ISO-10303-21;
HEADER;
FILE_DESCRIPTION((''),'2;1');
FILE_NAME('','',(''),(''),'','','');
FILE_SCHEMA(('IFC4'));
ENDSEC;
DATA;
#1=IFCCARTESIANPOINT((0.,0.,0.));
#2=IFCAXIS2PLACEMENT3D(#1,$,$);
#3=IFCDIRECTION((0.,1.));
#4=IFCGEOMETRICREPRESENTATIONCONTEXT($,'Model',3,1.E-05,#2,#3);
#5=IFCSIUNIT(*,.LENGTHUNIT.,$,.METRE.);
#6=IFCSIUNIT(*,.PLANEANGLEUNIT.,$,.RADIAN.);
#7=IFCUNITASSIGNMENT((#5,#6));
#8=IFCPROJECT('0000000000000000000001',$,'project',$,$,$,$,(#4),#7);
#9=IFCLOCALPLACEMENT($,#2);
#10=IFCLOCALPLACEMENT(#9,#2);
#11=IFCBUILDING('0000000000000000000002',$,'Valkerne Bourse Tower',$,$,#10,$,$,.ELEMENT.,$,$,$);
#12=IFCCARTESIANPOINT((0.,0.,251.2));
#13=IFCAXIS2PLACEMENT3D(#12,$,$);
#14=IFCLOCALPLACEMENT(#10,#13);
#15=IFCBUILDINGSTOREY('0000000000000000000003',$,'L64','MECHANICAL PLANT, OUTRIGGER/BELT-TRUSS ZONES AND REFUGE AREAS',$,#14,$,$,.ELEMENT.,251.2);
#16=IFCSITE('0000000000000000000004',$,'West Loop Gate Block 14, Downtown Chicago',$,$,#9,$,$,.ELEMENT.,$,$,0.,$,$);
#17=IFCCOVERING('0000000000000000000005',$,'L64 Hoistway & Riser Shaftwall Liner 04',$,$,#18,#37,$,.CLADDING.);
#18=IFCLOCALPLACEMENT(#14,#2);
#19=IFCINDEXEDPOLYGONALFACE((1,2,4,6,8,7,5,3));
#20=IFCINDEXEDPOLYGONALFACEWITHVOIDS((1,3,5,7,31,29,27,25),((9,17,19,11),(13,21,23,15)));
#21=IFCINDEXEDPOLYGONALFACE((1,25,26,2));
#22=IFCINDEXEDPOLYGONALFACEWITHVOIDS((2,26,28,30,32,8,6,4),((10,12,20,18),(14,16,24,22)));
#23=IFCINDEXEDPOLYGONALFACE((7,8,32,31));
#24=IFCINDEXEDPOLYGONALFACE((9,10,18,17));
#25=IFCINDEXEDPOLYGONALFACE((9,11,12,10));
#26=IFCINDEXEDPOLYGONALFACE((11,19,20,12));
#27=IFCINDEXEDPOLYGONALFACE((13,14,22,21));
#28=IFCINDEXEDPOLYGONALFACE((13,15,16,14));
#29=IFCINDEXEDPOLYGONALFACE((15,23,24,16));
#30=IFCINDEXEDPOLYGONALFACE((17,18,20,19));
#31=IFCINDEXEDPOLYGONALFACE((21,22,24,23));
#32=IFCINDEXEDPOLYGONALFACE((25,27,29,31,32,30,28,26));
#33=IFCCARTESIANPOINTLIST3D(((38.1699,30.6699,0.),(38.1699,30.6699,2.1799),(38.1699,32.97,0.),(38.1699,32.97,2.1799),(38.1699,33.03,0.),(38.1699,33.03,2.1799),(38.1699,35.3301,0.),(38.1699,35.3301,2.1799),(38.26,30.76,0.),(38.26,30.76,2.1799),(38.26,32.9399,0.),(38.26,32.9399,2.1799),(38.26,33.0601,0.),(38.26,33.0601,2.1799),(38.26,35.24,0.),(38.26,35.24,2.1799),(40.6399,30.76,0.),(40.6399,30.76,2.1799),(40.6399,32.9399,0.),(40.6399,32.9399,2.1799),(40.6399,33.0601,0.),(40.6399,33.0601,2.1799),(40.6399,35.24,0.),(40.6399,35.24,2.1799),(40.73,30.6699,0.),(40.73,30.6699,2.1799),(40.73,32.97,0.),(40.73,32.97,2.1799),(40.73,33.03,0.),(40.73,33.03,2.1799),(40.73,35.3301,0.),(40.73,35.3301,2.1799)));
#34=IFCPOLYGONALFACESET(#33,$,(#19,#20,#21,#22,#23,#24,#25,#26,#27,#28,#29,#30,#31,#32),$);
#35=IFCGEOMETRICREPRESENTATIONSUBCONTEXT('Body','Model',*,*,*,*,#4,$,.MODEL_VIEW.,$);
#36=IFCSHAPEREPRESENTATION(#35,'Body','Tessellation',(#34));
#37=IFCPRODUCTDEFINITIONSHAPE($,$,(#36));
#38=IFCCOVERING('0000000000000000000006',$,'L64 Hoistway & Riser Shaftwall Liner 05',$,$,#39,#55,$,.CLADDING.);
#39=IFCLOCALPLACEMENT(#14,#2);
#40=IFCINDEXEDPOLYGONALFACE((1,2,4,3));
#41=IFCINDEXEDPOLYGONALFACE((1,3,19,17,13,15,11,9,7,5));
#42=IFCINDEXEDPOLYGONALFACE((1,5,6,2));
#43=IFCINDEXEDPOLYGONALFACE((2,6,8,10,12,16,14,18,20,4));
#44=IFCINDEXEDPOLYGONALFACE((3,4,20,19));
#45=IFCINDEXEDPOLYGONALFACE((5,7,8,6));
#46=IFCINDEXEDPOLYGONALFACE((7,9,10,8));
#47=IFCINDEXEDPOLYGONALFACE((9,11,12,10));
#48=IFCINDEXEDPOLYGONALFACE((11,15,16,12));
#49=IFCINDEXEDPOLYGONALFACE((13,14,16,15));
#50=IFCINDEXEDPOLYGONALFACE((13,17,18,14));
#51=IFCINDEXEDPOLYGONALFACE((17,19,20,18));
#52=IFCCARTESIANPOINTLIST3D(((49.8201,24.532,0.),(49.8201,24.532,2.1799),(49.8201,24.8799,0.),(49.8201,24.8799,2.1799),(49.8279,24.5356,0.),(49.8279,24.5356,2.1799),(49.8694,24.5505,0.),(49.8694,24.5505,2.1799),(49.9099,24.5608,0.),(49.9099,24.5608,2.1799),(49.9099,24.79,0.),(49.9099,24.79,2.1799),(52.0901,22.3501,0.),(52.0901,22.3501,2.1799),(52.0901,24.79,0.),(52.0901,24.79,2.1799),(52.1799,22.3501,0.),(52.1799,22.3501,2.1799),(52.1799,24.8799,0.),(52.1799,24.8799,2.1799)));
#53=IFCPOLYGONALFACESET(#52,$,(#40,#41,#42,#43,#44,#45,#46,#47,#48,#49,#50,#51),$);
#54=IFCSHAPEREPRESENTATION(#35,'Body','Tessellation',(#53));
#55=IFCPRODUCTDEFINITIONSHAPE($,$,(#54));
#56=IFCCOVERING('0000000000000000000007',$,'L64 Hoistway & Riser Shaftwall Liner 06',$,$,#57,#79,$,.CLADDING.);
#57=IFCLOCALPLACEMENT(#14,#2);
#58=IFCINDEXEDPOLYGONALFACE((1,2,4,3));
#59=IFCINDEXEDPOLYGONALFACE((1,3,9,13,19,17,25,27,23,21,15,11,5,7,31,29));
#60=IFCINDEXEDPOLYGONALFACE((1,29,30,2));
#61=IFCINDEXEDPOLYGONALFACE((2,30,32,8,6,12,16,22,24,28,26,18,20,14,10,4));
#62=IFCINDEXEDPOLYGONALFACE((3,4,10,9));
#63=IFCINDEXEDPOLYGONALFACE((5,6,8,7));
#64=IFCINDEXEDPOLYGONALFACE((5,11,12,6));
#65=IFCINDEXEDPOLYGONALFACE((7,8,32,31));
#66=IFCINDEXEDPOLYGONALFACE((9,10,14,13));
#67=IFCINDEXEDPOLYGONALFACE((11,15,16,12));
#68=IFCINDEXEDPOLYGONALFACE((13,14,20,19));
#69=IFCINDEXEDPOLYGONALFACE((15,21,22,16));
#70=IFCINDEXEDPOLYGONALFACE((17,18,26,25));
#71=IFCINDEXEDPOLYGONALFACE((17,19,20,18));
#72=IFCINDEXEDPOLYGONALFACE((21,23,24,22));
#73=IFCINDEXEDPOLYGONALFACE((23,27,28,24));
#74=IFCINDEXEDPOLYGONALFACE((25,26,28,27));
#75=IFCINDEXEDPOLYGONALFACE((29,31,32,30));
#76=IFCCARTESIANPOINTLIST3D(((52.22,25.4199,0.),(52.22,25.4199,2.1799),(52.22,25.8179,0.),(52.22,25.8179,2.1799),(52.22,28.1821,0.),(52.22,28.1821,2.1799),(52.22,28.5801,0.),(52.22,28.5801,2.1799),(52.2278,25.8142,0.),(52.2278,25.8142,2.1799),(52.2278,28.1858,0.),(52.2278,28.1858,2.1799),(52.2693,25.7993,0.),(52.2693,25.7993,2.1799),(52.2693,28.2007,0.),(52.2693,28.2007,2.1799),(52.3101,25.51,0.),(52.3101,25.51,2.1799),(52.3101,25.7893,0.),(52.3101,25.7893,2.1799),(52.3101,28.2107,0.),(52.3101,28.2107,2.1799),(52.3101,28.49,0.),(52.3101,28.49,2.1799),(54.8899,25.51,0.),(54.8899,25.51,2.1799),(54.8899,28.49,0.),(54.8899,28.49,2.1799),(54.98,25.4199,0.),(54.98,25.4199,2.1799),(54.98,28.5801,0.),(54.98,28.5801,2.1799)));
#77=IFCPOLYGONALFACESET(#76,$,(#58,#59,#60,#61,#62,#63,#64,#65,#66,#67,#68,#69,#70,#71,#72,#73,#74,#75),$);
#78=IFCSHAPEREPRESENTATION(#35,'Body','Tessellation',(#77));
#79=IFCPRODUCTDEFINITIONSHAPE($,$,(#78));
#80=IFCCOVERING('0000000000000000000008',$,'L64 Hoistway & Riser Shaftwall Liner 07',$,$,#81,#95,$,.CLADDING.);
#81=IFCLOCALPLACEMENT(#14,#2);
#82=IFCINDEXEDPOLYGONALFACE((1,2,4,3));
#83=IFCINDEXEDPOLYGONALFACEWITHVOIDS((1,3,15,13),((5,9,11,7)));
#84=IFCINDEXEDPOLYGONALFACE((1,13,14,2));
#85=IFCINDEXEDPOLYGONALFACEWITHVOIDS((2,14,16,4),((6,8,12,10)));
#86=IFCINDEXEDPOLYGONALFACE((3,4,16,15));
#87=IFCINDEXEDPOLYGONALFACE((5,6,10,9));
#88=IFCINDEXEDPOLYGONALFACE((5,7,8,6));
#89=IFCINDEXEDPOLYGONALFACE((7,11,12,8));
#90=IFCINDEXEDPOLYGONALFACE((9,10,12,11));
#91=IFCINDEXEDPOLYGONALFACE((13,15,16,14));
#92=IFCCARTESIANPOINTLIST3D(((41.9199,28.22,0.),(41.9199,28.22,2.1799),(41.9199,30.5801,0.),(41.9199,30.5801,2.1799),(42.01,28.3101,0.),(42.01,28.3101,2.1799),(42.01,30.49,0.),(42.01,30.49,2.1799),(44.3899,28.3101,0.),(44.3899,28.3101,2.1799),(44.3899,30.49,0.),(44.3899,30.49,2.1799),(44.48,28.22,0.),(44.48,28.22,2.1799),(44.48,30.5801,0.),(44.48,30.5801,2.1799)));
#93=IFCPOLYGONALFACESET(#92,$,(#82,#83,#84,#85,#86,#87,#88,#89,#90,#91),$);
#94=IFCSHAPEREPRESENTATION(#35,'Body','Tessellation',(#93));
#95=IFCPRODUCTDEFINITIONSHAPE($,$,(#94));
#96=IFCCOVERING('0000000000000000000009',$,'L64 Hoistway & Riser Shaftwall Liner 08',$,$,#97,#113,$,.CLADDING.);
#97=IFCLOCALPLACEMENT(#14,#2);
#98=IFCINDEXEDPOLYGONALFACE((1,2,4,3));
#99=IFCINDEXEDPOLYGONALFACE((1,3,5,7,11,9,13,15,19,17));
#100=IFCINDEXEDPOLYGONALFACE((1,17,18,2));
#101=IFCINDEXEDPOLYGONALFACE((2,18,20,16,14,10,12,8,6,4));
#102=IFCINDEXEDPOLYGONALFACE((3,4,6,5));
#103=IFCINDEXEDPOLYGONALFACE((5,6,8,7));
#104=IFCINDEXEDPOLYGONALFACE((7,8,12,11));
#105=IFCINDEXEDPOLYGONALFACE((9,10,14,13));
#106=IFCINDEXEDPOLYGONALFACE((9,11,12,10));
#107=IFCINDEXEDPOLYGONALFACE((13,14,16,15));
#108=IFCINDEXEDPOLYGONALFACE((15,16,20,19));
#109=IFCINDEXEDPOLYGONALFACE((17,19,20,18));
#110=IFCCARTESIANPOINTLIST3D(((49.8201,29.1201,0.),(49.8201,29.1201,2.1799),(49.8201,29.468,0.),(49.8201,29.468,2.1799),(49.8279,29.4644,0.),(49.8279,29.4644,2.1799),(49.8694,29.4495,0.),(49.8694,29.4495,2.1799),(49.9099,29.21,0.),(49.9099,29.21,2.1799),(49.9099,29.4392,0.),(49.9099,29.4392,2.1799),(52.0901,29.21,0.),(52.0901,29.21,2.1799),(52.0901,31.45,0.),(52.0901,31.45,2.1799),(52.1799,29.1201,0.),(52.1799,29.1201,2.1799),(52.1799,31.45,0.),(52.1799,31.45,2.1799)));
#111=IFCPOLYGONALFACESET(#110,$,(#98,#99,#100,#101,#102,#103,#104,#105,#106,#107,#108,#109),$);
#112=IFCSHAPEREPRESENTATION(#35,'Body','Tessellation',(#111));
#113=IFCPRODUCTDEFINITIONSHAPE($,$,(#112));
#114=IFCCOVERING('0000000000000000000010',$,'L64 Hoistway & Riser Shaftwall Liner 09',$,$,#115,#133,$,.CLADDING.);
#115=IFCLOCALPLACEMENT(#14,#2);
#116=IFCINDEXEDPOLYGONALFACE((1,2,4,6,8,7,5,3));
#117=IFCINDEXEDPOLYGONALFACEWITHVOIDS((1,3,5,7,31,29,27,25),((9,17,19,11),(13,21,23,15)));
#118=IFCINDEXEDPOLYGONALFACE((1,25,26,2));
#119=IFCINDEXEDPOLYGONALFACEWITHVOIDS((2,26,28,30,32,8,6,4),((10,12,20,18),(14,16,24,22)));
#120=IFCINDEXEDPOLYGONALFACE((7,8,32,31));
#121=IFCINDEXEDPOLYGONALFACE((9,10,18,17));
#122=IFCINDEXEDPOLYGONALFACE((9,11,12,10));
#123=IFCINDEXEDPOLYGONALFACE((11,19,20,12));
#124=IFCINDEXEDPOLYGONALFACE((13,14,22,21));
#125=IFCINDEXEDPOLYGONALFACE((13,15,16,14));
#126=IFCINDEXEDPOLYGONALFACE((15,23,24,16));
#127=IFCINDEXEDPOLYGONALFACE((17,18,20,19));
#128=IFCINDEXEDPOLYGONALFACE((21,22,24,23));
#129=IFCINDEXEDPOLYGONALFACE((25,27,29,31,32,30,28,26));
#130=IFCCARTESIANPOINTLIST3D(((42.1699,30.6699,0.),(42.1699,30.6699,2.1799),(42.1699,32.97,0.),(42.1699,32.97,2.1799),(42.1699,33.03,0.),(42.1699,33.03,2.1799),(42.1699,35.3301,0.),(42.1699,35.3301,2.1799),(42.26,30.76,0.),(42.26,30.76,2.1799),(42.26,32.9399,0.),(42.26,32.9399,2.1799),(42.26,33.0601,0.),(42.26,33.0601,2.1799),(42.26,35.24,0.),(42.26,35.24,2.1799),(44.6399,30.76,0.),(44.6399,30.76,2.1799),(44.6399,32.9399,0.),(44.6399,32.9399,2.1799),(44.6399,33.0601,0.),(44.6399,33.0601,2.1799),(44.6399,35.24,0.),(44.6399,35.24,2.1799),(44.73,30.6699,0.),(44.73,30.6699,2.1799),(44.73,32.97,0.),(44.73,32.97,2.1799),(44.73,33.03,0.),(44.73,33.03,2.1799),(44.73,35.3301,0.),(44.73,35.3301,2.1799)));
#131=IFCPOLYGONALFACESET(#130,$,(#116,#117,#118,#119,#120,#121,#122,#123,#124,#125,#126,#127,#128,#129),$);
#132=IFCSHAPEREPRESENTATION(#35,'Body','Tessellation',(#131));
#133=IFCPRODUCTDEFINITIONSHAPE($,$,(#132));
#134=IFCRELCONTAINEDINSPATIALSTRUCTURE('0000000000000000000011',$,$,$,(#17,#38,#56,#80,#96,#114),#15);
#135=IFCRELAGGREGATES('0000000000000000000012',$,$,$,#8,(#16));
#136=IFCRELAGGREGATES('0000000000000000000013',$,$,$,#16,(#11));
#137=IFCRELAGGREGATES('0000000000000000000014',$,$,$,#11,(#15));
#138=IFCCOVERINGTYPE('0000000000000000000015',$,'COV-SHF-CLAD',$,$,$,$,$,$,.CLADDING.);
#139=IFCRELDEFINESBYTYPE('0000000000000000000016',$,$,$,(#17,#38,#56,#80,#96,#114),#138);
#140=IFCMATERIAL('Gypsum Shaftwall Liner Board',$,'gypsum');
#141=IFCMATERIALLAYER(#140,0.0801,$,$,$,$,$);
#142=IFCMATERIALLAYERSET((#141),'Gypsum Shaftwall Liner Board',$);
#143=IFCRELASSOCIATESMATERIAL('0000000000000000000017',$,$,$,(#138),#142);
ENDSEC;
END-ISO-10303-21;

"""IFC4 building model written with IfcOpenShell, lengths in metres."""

from ifc_helpers import new_model, si_unit, direction, frame, origin, place, context, subcontext, project, spatial, polyline, outline, extrude, material, layer, layer_set, type_object, element, save


model = new_model("IFC4")

# Units and contexts
model_context = context("Model", 3, precision=1e-05, world=origin(), true_north=direction((0.0, 1.0)))
body_context = subcontext(model_context, "Body", "Model", "MODEL_VIEW")
ifc_project = project(units=[si_unit("LENGTHUNIT", "METRE"), si_unit("PLANEANGLEUNIT", "RADIAN")], contexts=[model_context])

# Site, building, storey
site_placement = place(None, origin())
site = spatial("IfcSite", under=ifc_project, at=site_placement, Name="West Loop Gate Block 14, Downtown Chicago", CompositionType="ELEMENT", RefElevation=0.0)
building_placement = place(site_placement, origin())
building = spatial("IfcBuilding", under=site, at=building_placement, Name="Valkerne Bourse Tower", CompositionType="ELEMENT")
storey_placement = place(building_placement, frame((0.0, 0.0, 251.2)))
storey = spatial("IfcBuildingStorey", under=building, at=storey_placement, Name="L64", Description="MECHANICAL PLANT, OUTRIGGER/BELT-TRUSS ZONES AND REFUGE AREAS", CompositionType="ELEMENT", Elevation=251.2)

# Coverings
ifc_material_1 = material(Name="Gypsum Shaftwall Liner Board", Category="gypsum")
ifc_layer_1 = layer(ifc_material_1, 0.0801)
ifc_layer_set_1 = layer_set([ifc_layer_1], Name="Gypsum Shaftwall Liner Board")
covering_type = type_object("IfcCoveringType", Name="COV-SHF-CLAD", PredefinedType="CLADDING", material=ifc_layer_set_1)
covering_1_placement = place(storey_placement, origin())
element("IfcCovering", 1, at=covering_1_placement, inside=storey, type_object=covering_type, Name="L64 Hoistway & Riser Shaftwall Liner 04", PredefinedType="CLADDING", context=body_context, shape_type="SweptSolid", body=[
    extrude(outline(polyline([(38.1699, 35.3301), (40.73, 35.3301), (40.73, 33.03), (40.73, 32.97), (40.73, 30.6699), (38.1699, 30.6699), (38.1699, 32.97), (38.1699, 33.03), (38.1699, 35.3301)]), holes=[polyline([(38.26, 32.9399), (38.26, 30.76), (40.6399, 30.76), (40.6399, 32.9399), (38.26, 32.9399)]), polyline([(40.6399, 35.24), (38.26, 35.24), (38.26, 33.0601), (40.6399, 33.0601), (40.6399, 35.24)])]), origin(), (0.0, 0.0, 1.0), 2.1799),
])
covering_2_placement = place(storey_placement, origin())
element("IfcCovering", 2, at=covering_2_placement, inside=storey, type_object=covering_type, Name="L64 Hoistway & Riser Shaftwall Liner 05", PredefinedType="CLADDING", context=body_context, shape_type="SweptSolid", body=[
    extrude(outline(polyline([(52.1799, 22.3501), (52.0901, 22.3501), (52.0901, 24.79), (49.9099, 24.79), (49.9099, 24.5608), (49.8694, 24.5505), (49.8279, 24.5356), (49.8201, 24.532), (49.8201, 24.8799), (52.1799, 24.8799), (52.1799, 22.3501)])), origin(), (0.0, 0.0, 1.0), 2.1799),
])
covering_3_placement = place(storey_placement, origin())
element("IfcCovering", 3, at=covering_3_placement, inside=storey, type_object=covering_type, Name="L64 Hoistway & Riser Shaftwall Liner 06", PredefinedType="CLADDING", context=body_context, shape_type="SweptSolid", body=[
    extrude(outline(polyline([(54.98, 25.4199), (52.22, 25.4199), (52.22, 25.8179), (52.2278, 25.8142), (52.2693, 25.7993), (52.3101, 25.7893), (52.3101, 25.51), (54.8899, 25.51), (54.8899, 28.49), (52.3101, 28.49), (52.3101, 28.2107), (52.2693, 28.2007), (52.2278, 28.1858), (52.22, 28.1821), (52.22, 28.5801), (54.98, 28.5801), (54.98, 25.4199)])), origin(), (0.0, 0.0, 1.0), 2.1799),
])
covering_4_placement = place(storey_placement, origin())
element("IfcCovering", 4, at=covering_4_placement, inside=storey, type_object=covering_type, Name="L64 Hoistway & Riser Shaftwall Liner 07", PredefinedType="CLADDING", context=body_context, shape_type="SweptSolid", body=[
    extrude(outline(polyline([(44.48, 28.22), (41.9199, 28.22), (41.9199, 30.5801), (44.48, 30.5801), (44.48, 28.22)]), holes=[polyline([(42.01, 30.49), (42.01, 28.3101), (44.3899, 28.3101), (44.3899, 30.49), (42.01, 30.49)])]), origin(), (0.0, 0.0, 1.0), 2.1799),
])
covering_5_placement = place(storey_placement, origin())
element("IfcCovering", 5, at=covering_5_placement, inside=storey, type_object=covering_type, Name="L64 Hoistway & Riser Shaftwall Liner 08", PredefinedType="CLADDING", context=body_context, shape_type="SweptSolid", body=[
    extrude(outline(polyline([(49.8201, 29.1201), (49.8201, 29.468), (49.8279, 29.4644), (49.8694, 29.4495), (49.9099, 29.4392), (49.9099, 29.21), (52.0901, 29.21), (52.0901, 31.45), (52.1799, 31.45), (52.1799, 29.1201), (49.8201, 29.1201)])), origin(), (0.0, 0.0, 1.0), 2.1799),
])
covering_6_placement = place(storey_placement, origin())
element("IfcCovering", 6, at=covering_6_placement, inside=storey, type_object=covering_type, Name="L64 Hoistway & Riser Shaftwall Liner 09", PredefinedType="CLADDING", context=body_context, shape_type="SweptSolid", body=[
    extrude(outline(polyline([(42.1699, 35.3301), (44.73, 35.3301), (44.73, 33.03), (44.73, 32.97), (44.73, 30.6699), (42.1699, 30.6699), (42.1699, 32.97), (42.1699, 33.03), (42.1699, 35.3301)]), holes=[polyline([(42.26, 32.9399), (42.26, 30.76), (44.6399, 30.76), (44.6399, 32.9399), (42.26, 32.9399)]), polyline([(42.26, 35.24), (42.26, 33.0601), (44.6399, 33.0601), (44.6399, 35.24), (42.26, 35.24)])]), origin(), (0.0, 0.0, 1.0), 2.1799),
])

save(model, "model.ifc")
